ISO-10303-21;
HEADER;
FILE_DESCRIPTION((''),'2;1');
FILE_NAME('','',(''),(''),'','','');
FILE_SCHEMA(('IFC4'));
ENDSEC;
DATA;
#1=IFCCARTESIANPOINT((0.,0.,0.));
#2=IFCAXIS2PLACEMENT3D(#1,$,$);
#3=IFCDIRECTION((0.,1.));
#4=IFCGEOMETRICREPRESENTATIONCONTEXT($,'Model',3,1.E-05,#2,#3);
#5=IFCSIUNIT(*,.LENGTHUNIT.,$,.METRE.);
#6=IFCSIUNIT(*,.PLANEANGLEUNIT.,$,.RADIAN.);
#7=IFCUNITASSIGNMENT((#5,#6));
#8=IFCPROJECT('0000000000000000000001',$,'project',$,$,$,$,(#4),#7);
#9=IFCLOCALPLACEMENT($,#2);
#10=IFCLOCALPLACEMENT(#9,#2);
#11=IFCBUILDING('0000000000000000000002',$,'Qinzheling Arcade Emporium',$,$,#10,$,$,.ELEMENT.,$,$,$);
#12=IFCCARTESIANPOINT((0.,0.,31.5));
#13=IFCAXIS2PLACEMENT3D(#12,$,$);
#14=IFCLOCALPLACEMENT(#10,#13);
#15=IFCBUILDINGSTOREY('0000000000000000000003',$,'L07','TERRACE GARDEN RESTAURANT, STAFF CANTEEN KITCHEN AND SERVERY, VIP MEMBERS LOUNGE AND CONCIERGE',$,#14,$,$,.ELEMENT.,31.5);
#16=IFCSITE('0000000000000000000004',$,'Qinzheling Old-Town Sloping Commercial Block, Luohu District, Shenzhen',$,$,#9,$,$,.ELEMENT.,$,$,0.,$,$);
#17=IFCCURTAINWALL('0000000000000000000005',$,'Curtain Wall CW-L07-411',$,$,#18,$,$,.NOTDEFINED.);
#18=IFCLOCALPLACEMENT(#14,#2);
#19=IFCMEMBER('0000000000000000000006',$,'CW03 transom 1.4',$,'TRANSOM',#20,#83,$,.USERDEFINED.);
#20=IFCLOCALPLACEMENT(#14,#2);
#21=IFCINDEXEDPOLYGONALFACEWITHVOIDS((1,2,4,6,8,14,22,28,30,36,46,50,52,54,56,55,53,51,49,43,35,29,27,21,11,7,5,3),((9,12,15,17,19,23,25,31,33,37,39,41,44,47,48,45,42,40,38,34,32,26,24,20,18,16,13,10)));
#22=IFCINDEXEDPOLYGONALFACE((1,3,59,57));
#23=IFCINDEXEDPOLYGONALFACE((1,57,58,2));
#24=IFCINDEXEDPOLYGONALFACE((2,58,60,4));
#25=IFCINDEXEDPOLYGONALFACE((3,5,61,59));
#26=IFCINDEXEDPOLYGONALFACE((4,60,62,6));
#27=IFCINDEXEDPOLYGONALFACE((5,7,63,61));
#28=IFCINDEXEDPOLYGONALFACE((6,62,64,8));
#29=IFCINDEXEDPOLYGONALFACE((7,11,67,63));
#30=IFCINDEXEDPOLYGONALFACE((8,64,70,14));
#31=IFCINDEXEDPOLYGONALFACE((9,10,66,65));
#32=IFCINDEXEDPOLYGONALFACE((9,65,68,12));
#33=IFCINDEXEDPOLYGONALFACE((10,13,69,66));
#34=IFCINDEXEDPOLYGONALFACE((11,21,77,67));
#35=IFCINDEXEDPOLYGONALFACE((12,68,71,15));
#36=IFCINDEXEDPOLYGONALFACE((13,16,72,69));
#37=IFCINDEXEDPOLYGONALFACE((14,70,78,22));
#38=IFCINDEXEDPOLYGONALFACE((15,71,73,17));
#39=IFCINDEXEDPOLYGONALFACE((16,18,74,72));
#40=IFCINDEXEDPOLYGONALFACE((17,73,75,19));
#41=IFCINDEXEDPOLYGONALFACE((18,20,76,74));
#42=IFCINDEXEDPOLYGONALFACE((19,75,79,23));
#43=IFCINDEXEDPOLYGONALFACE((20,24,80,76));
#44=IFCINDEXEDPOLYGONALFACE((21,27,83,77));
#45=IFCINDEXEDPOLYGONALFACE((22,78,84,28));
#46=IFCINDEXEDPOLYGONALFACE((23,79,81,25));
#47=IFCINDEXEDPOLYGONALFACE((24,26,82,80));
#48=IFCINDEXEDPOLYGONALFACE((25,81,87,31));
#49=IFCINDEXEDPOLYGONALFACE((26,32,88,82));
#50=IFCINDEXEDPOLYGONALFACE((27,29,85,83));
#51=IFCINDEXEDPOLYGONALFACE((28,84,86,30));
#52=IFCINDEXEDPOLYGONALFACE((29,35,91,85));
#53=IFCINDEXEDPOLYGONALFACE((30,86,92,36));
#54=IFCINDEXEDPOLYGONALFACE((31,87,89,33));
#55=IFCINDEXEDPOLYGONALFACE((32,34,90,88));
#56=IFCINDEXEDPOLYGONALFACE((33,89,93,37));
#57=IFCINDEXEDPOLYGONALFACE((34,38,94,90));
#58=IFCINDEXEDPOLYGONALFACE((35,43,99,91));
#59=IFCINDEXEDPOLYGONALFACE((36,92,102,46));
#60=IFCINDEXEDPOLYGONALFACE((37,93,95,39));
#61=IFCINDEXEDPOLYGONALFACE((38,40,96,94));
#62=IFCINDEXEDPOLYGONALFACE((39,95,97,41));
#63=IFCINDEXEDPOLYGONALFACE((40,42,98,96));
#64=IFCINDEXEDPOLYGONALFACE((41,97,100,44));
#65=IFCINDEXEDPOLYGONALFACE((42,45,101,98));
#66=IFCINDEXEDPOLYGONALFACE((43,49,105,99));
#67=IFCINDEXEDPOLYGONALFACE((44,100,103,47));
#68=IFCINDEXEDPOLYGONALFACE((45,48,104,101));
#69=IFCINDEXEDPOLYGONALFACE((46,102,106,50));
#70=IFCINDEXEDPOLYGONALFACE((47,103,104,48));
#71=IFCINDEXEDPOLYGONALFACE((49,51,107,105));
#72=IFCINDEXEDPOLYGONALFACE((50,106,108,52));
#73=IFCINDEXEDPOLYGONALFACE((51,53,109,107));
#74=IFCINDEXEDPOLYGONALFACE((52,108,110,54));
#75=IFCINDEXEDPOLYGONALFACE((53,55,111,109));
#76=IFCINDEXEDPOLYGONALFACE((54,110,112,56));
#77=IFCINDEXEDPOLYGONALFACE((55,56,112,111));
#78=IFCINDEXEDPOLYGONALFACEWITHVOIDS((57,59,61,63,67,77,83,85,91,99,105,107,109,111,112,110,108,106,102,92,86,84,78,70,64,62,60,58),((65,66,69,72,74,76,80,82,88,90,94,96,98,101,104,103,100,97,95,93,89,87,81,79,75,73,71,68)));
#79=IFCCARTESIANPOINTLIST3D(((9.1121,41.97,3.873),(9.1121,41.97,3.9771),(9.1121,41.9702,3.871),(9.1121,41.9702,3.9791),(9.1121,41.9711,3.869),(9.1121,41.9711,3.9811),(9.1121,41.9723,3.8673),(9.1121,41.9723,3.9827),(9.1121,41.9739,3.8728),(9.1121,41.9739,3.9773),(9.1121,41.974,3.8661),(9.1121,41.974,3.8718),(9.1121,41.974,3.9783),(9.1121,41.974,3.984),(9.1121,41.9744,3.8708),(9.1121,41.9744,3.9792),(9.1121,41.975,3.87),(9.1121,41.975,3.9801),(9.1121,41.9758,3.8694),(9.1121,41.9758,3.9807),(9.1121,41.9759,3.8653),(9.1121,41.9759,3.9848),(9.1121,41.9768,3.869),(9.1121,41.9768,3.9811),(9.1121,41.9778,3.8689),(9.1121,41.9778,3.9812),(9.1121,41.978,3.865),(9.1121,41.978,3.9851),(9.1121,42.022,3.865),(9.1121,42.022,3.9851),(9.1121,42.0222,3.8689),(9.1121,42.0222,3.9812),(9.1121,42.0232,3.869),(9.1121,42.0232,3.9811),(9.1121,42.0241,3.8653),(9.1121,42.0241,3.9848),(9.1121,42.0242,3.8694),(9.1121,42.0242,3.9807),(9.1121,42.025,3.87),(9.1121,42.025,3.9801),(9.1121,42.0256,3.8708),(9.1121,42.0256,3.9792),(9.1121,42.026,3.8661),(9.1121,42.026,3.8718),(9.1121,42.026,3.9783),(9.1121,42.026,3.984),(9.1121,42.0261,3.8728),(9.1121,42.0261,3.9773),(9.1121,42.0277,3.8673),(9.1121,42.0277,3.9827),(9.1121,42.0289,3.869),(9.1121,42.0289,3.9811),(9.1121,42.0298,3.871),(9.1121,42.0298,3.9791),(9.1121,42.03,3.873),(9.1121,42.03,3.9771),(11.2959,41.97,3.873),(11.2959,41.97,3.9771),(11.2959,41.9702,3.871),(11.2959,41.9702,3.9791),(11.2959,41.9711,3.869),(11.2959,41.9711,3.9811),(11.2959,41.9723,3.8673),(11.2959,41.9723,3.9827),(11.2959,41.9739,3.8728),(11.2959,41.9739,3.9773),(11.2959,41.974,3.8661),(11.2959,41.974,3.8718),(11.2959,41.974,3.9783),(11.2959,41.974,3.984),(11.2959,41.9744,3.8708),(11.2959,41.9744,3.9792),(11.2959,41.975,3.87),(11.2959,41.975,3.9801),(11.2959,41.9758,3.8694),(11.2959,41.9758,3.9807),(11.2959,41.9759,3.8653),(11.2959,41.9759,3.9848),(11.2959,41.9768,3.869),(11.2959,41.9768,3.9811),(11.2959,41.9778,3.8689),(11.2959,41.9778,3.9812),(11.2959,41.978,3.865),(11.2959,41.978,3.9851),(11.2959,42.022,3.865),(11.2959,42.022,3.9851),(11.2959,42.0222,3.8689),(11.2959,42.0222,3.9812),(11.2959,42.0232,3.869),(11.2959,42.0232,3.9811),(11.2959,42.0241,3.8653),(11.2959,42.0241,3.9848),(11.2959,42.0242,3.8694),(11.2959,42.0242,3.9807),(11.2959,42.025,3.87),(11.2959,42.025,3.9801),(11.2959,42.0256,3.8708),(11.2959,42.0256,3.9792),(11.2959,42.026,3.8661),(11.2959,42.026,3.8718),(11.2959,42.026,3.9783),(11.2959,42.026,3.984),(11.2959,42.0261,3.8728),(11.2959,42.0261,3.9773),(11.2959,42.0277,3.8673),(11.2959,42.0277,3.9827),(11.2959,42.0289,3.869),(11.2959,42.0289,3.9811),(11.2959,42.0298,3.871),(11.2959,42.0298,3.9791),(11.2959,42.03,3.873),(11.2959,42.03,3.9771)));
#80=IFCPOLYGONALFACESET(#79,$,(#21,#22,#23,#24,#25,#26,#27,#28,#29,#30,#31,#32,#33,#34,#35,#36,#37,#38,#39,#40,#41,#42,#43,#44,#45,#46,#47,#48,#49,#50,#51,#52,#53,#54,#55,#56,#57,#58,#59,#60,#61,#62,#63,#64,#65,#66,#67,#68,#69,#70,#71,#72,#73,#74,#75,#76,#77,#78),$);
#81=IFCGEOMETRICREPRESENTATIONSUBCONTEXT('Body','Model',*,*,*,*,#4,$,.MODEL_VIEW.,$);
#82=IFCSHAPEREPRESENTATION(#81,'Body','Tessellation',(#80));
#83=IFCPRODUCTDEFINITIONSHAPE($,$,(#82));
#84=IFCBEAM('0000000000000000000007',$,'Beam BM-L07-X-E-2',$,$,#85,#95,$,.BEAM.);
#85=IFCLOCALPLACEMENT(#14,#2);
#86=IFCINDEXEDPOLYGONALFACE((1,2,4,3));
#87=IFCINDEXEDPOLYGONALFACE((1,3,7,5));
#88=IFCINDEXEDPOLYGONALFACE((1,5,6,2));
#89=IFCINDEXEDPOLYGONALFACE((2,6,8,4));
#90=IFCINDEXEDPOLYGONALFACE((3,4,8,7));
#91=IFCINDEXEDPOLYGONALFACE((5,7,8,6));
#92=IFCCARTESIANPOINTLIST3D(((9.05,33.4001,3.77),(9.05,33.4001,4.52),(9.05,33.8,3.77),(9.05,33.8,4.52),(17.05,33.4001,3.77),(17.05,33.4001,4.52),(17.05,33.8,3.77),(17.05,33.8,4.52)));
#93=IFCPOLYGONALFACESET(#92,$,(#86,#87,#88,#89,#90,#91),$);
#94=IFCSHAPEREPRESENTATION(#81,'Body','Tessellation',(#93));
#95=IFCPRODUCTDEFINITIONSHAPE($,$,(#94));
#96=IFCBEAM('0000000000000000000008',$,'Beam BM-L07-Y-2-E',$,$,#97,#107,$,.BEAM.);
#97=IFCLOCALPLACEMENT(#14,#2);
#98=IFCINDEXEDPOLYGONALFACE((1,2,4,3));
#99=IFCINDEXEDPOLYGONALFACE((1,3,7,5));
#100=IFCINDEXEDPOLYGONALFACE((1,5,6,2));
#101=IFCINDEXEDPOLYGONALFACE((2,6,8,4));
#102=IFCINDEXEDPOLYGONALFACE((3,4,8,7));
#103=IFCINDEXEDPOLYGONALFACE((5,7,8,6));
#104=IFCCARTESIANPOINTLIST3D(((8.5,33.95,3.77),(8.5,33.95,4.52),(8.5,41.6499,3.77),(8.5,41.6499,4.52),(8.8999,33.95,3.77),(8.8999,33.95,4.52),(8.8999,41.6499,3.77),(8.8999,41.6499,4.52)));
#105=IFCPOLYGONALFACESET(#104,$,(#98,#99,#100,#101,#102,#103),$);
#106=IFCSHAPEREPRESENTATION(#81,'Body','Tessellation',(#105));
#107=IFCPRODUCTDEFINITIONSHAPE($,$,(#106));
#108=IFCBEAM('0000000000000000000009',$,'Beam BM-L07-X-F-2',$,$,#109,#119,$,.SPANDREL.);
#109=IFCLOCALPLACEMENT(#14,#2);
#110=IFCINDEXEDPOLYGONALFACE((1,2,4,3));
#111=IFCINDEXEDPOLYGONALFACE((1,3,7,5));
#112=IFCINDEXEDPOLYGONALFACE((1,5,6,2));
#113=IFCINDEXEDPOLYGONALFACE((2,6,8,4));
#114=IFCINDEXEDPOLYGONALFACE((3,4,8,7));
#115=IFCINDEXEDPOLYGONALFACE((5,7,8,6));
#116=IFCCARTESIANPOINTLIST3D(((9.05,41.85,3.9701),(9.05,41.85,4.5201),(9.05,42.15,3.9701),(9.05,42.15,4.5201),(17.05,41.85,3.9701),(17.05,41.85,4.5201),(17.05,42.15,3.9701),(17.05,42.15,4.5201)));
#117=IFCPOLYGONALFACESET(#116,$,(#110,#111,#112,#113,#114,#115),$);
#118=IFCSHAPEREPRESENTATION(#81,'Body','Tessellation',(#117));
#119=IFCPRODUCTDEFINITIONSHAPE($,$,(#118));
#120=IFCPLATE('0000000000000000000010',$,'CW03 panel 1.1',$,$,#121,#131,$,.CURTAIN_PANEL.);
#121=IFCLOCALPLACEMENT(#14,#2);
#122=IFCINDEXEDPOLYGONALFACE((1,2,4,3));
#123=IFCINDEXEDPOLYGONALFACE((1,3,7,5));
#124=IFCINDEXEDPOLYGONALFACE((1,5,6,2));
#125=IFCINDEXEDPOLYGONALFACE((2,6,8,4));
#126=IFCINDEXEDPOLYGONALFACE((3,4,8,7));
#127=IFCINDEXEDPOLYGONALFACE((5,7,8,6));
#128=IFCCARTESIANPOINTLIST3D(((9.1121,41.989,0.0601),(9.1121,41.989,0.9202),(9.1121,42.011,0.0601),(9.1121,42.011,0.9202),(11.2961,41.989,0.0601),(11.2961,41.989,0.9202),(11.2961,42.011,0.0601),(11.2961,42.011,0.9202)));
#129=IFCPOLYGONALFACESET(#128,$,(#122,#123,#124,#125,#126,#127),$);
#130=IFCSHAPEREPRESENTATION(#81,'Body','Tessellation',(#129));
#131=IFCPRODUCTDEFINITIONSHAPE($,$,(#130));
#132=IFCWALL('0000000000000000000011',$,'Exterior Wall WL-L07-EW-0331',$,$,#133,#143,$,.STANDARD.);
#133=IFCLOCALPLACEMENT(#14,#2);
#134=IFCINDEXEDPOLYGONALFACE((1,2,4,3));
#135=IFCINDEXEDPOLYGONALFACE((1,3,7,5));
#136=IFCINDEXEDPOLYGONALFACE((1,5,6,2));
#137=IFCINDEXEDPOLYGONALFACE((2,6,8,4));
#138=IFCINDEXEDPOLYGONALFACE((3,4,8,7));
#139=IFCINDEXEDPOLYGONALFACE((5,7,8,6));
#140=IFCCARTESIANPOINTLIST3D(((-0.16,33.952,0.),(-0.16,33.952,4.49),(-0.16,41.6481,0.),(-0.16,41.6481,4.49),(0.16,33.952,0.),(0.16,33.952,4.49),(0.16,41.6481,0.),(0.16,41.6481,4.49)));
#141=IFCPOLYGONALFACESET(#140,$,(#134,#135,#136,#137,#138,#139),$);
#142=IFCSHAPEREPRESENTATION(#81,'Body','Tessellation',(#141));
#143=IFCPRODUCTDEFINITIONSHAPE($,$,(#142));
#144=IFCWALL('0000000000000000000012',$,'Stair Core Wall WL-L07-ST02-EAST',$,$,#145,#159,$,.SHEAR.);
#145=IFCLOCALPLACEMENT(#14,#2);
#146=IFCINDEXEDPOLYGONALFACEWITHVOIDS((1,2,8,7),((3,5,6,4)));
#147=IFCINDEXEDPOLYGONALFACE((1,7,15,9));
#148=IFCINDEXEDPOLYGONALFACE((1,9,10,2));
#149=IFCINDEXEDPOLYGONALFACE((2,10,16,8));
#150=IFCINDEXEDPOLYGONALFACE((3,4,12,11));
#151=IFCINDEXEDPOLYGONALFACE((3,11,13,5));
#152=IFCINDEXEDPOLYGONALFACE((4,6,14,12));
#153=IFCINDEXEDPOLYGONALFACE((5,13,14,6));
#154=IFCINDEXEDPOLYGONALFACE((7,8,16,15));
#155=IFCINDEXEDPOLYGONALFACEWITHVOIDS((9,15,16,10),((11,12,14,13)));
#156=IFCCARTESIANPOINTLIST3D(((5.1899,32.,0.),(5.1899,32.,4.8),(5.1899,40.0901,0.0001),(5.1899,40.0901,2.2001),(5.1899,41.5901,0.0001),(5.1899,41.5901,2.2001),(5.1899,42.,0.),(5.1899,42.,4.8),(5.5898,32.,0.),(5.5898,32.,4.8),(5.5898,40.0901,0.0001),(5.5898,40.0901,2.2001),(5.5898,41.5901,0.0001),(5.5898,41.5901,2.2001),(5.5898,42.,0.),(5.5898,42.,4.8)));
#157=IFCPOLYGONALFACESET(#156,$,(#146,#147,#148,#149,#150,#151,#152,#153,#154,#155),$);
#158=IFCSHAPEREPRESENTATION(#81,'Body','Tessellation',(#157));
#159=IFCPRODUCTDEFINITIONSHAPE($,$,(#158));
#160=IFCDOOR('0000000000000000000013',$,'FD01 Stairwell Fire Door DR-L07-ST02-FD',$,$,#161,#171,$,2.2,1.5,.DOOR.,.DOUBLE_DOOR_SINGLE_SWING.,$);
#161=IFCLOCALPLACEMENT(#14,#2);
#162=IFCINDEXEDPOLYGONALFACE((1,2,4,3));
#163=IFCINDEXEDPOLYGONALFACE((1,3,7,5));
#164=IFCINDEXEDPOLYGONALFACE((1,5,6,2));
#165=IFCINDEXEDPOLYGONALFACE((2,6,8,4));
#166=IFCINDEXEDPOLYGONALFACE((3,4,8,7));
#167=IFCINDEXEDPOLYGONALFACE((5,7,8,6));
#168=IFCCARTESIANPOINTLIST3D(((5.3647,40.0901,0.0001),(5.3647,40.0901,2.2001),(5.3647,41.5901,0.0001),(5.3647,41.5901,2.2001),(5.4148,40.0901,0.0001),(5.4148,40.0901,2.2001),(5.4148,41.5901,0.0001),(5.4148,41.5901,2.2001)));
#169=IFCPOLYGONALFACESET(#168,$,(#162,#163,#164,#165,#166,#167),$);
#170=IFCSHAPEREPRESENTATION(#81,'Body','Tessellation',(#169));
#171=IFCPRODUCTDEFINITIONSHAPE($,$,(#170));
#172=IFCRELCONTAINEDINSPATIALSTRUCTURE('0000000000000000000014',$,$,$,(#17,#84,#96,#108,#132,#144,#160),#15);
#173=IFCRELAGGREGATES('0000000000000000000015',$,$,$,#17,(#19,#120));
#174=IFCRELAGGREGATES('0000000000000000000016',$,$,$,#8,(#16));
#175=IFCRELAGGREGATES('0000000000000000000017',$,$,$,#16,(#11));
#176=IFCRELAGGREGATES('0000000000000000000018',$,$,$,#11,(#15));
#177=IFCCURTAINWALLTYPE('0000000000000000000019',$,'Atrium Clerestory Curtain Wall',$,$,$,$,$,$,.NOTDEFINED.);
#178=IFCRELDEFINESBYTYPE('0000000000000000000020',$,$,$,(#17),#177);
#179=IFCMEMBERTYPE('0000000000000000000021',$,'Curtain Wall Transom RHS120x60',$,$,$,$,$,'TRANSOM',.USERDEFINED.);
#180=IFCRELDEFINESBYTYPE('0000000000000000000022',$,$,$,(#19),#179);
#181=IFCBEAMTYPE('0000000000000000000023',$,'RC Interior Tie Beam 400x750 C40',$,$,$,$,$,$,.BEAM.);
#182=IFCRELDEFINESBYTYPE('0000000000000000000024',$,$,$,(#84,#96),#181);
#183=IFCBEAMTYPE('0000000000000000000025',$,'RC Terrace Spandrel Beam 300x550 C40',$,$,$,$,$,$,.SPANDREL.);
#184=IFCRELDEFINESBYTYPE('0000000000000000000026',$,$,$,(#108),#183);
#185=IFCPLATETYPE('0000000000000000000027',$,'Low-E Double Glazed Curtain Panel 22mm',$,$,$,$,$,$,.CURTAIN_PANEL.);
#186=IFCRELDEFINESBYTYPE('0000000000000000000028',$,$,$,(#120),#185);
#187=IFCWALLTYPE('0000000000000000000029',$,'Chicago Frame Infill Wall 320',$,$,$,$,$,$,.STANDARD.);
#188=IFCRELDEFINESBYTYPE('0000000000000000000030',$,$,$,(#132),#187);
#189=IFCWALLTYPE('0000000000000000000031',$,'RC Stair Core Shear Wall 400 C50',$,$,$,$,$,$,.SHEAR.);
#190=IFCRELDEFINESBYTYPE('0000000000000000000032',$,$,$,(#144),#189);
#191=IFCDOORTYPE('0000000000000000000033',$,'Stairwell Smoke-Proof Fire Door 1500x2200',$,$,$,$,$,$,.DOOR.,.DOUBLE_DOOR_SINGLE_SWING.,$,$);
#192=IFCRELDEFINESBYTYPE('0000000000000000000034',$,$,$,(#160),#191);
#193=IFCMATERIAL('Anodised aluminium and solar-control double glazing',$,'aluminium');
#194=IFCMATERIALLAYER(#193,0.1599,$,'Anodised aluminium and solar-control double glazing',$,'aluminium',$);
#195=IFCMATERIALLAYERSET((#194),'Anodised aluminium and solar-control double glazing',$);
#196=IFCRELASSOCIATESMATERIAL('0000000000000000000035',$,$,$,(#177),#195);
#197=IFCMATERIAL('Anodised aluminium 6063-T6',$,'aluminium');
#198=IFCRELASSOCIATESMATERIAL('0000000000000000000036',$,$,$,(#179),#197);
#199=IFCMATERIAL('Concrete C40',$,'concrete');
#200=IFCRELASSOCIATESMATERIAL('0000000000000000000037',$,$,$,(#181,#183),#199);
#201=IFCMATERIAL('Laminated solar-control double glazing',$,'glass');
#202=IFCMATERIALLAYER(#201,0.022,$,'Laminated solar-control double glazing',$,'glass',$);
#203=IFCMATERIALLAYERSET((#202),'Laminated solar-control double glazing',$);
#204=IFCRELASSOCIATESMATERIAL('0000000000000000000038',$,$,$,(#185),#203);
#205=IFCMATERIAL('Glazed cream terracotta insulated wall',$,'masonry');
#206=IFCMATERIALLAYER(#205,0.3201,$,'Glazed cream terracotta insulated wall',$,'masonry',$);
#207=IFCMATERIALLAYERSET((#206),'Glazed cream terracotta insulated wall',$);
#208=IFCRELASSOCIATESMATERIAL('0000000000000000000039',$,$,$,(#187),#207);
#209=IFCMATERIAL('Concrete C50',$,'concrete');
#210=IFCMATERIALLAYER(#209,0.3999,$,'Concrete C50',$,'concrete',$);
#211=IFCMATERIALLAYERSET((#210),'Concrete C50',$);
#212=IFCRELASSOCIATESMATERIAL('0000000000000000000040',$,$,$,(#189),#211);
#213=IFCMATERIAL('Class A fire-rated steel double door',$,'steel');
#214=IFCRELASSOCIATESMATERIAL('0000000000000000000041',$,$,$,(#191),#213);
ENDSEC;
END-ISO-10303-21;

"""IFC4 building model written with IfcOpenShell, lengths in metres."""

from ifc_helpers import new_model, si_unit, direction, frame, frame_2d, origin, origin_2d, place, context, subcontext, project, spatial, rectangle, hollow_rectangle, extrude, material, layer, layer_set, material_profile, profile_set, type_object, element, fill, aggregate, save


model = new_model("IFC4")

# Units and contexts
model_context = context("Model", 3, precision=1e-05, world=origin(), true_north=direction((0.0, 1.0)))
body_context = subcontext(model_context, "Body", "Model", "MODEL_VIEW")
ifc_project = project(units=[si_unit("LENGTHUNIT", "METRE"), si_unit("PLANEANGLEUNIT", "RADIAN")], contexts=[model_context])

# Site, building, storey
site_placement = place(None, origin())
site = spatial("IfcSite", under=ifc_project, at=site_placement, Name="Qinzheling Old-Town Sloping Commercial Block, Luohu District, Shenzhen", CompositionType="ELEMENT", RefElevation=0.0)
building_placement = place(site_placement, origin())
building = spatial("IfcBuilding", under=site, at=building_placement, Name="Qinzheling Arcade Emporium", CompositionType="ELEMENT")
storey_placement = place(building_placement, frame((0.0, 0.0, 31.5)))
storey = spatial("IfcBuildingStorey", under=building, at=storey_placement, Name="L07", Description="TERRACE GARDEN RESTAURANT, STAFF CANTEEN KITCHEN AND SERVERY, VIP MEMBERS LOUNGE AND CONCIERGE", CompositionType="ELEMENT", Elevation=31.5)

# Shared definitions
ifc_material_1 = material(Name="Concrete C40", Category="concrete")

# Curtain wall, member
ifc_material_2 = material(Name="Anodised aluminium and solar-control double glazing", Category="aluminium")
ifc_layer_1 = layer(ifc_material_2, 0.1599, Name="Anodised aluminium and solar-control double glazing", Category="aluminium")
ifc_layer_set_1 = layer_set([ifc_layer_1], Name="Anodised aluminium and solar-control double glazing")
curtain_wall_type = type_object("IfcCurtainWallType", Name="Atrium Clerestory Curtain Wall", PredefinedType="NOTDEFINED", material=ifc_layer_set_1)
curtain_wall_placement = place(storey_placement, origin())
curtain_wall = element("IfcCurtainWall", 1, at=curtain_wall_placement, inside=storey, type_object=curtain_wall_type, Name="Curtain Wall CW-L07-411", PredefinedType="NOTDEFINED")
ifc_material_3 = material(Name="Anodised aluminium 6063-T6", Category="aluminium")
ifc_material_profile_1 = material_profile(ifc_material_3, hollow_rectangle(XDim=0.0601, YDim=0.1201, WallThickness=0.0039, InnerFilletRadius=0.0039, OuterFilletRadius=0.0081, at=origin_2d()), Name="RHS 120x60x4", Category="aluminium")
ifc_profile_set_1 = profile_set([ifc_material_profile_1], Name="Anodised aluminium 6063-T6")
member_type_1 = type_object("IfcMemberType", Name="Curtain Wall Transom RHS120x60", ElementType="TRANSOM", PredefinedType="USERDEFINED", material=ifc_profile_set_1)
member_1_placement = place(storey_placement, frame((9.1121, 42.0, 3.925), z_axis=(1.0, 0.0, 0.0), x_axis=(0.0, 1.0, 0.0)))
member_1 = element("IfcMember", 2, at=member_1_placement, type_object=member_type_1, Name="CW03 transom 1.4", ObjectType="TRANSOM", PredefinedType="USERDEFINED", context=body_context, shape_type="SweptSolid", body=[
    extrude(hollow_rectangle(XDim=0.0601, YDim=0.1201, WallThickness=0.0039, InnerFilletRadius=0.0039, OuterFilletRadius=0.0081, at=origin_2d()), origin(), (0.0, 0.0, 1.0), 2.1838),
])

# Beams
ifc_material_profile_2 = material_profile(ifc_material_1, rectangle(XDim=0.3999, YDim=0.75, at=origin_2d()), Name="RC 400x750", Category="concrete")
ifc_profile_set_2 = profile_set([ifc_material_profile_2], Name="Concrete C40")
beam_type_1 = type_object("IfcBeamType", Name="RC Interior Tie Beam 400x750 C40", PredefinedType="BEAM", material=ifc_profile_set_2)
beam_1_placement = place(storey_placement, frame((9.05, 33.6001, 4.145), z_axis=(1.0, 0.0, 0.0), x_axis=(0.0, 1.0, 0.0)))
element("IfcBeam", 3, at=beam_1_placement, inside=storey, type_object=beam_type_1, Name="Beam BM-L07-X-E-2", PredefinedType="BEAM", context=body_context, shape_type="SweptSolid", body=[
    extrude(rectangle(XDim=0.3999, YDim=0.75, at=origin_2d()), origin(), (0.0, 0.0, 1.0), 8.0),
])
beam_2_placement = place(storey_placement, frame((8.7, 33.95, 4.145), z_axis=(0.0, 1.0, 0.0), x_axis=(-1.0, 0.0, 0.0)))
element("IfcBeam", 4, at=beam_2_placement, inside=storey, type_object=beam_type_1, Name="Beam BM-L07-Y-2-E", PredefinedType="BEAM", context=body_context, shape_type="SweptSolid", body=[
    extrude(rectangle(XDim=0.3999, YDim=0.75, at=origin_2d()), origin(), (0.0, 0.0, 1.0), 7.7),
])
ifc_material_profile_3 = material_profile(ifc_material_1, rectangle(XDim=0.3, YDim=0.55, at=origin_2d()), Name="RC 300x550", Category="concrete")
ifc_profile_set_3 = profile_set([ifc_material_profile_3], Name="Concrete C40")
beam_type_2 = type_object("IfcBeamType", Name="RC Terrace Spandrel Beam 300x550 C40", PredefinedType="SPANDREL", material=ifc_profile_set_3)
beam_3_placement = place(storey_placement, frame((9.05, 42.0, 4.2451), z_axis=(1.0, 0.0, 0.0), x_axis=(0.0, 1.0, 0.0)))
element("IfcBeam", 5, at=beam_3_placement, inside=storey, type_object=beam_type_2, Name="Beam BM-L07-X-F-2", PredefinedType="SPANDREL", context=body_context, shape_type="SweptSolid", body=[
    extrude(rectangle(XDim=0.3, YDim=0.55, at=origin_2d()), origin(), (0.0, 0.0, 1.0), 8.0),
])

# Plate
ifc_material_4 = material(Name="Laminated solar-control double glazing", Category="glass")
ifc_layer_2 = layer(ifc_material_4, 0.022, Name="Laminated solar-control double glazing", Category="glass")
ifc_layer_set_2 = layer_set([ifc_layer_2], Name="Laminated solar-control double glazing")
plate_type = type_object("IfcPlateType", Name="Low-E Double Glazed Curtain Panel 22mm", PredefinedType="CURTAIN_PANEL", material=ifc_layer_set_2)
plate_placement = place(storey_placement, frame((10.2041, 42.0, 0.0601), z_axis=(0.0, 0.0, 1.0), x_axis=(1.0, 0.0, 0.0)))
plate = element("IfcPlate", 6, at=plate_placement, type_object=plate_type, Name="CW03 panel 1.1", PredefinedType="CURTAIN_PANEL", context=body_context, shape_type="SweptSolid", body=[
    extrude(rectangle(XDim=2.1841, YDim=0.022, at=origin_2d()), origin(), (0.0, 0.0, 1.0), 0.8601),
])
aggregate(curtain_wall, [member_1, plate])

# Wall
ifc_material_5 = material(Name="Glazed cream terracotta insulated wall", Category="masonry")
ifc_layer_3 = layer(ifc_material_5, 0.3201, Name="Glazed cream terracotta insulated wall", Category="masonry")
ifc_layer_set_3 = layer_set([ifc_layer_3], Name="Glazed cream terracotta insulated wall")
wall_type_1 = type_object("IfcWallType", Name="Chicago Frame Infill Wall 320", PredefinedType="STANDARD", material=ifc_layer_set_3)
wall_1_placement = place(storey_placement, frame((0.0, 33.9519, 0.0), z_axis=(0.0, 0.0, 1.0), x_axis=(0.0, 1.0, 0.0)))
element("IfcWall", 7, at=wall_1_placement, inside=storey, type_object=wall_type_1, Name="Exterior Wall WL-L07-EW-0331", PredefinedType="STANDARD", context=body_context, shape_type="SweptSolid", body=[
    extrude(rectangle(XDim=7.696, YDim=0.3201, at=frame_2d((3.8481, 0.0))), origin(), (0.0, 0.0, 1.0), 4.49),
])

# Wall, opening, door
ifc_material_6 = material(Name="Concrete C50", Category="concrete")
ifc_layer_4 = layer(ifc_material_6, 0.3999, Name="Concrete C50", Category="concrete")
ifc_layer_set_4 = layer_set([ifc_layer_4], Name="Concrete C50")
wall_type_2 = type_object("IfcWallType", Name="RC Stair Core Shear Wall 400 C50", PredefinedType="SHEAR", material=ifc_layer_set_4)
wall_2_placement = place(storey_placement, frame((5.3899, 42.0, 0.0), z_axis=(0.0, 0.0, 1.0), x_axis=(0.0, -1.0, 0.0)))
wall_2 = element("IfcWall", 8, at=wall_2_placement, inside=storey, type_object=wall_type_2, Name="Stair Core Wall WL-L07-ST02-EAST", PredefinedType="SHEAR", context=body_context, shape_type="SweptSolid", body=[
    extrude(rectangle(XDim=10.0, YDim=0.3999, at=frame_2d((5.0, 0.0))), origin(), (0.0, 0.0, 1.0), 4.8),
])
opening_placement = place(wall_2_placement, frame((0.4099, 0.0, 0.0)))
opening = element("IfcOpeningElement", 9, at=opening_placement, cuts=wall_2, PredefinedType="OPENING", context=body_context, shape_type="SweptSolid", body=[
    extrude(rectangle(XDim=1.5, YDim=2.2, at=frame_2d((0.75, 1.1001))), frame((0.0, 0.21, 0.0), z_axis=(0.0, -1.0, 0.0), x_axis=(1.0, 0.0, 0.0)), (0.0, 0.0, 1.0), 0.4199),
])
ifc_material_7 = material(Name="Class A fire-rated steel double door", Category="steel")
door_type = type_object("IfcDoorType", Name="Stairwell Smoke-Proof Fire Door 1500x2200", OperationType="DOUBLE_DOOR_SINGLE_SWING", PredefinedType="DOOR", material=ifc_material_7)
door_placement = place(opening_placement, origin())
door = element("IfcDoor", 10, at=door_placement, inside=storey, type_object=door_type, Name="FD01 Stairwell Fire Door DR-L07-ST02-FD", OperationType="DOUBLE_DOOR_SINGLE_SWING", OverallHeight=2.2, OverallWidth=1.5, PredefinedType="DOOR", context=body_context, shape_type="SweptSolid", body=[
    extrude(rectangle(XDim=1.5, YDim=2.2, at=frame_2d((0.75, 1.1001))), frame((0.0, 0.0249, 0.0), z_axis=(0.0, -1.0, 0.0), x_axis=(1.0, 0.0, 0.0)), (0.0, 0.0, 1.0), 0.05),
])
fill(opening, door)

save(model, "model.ifc")
